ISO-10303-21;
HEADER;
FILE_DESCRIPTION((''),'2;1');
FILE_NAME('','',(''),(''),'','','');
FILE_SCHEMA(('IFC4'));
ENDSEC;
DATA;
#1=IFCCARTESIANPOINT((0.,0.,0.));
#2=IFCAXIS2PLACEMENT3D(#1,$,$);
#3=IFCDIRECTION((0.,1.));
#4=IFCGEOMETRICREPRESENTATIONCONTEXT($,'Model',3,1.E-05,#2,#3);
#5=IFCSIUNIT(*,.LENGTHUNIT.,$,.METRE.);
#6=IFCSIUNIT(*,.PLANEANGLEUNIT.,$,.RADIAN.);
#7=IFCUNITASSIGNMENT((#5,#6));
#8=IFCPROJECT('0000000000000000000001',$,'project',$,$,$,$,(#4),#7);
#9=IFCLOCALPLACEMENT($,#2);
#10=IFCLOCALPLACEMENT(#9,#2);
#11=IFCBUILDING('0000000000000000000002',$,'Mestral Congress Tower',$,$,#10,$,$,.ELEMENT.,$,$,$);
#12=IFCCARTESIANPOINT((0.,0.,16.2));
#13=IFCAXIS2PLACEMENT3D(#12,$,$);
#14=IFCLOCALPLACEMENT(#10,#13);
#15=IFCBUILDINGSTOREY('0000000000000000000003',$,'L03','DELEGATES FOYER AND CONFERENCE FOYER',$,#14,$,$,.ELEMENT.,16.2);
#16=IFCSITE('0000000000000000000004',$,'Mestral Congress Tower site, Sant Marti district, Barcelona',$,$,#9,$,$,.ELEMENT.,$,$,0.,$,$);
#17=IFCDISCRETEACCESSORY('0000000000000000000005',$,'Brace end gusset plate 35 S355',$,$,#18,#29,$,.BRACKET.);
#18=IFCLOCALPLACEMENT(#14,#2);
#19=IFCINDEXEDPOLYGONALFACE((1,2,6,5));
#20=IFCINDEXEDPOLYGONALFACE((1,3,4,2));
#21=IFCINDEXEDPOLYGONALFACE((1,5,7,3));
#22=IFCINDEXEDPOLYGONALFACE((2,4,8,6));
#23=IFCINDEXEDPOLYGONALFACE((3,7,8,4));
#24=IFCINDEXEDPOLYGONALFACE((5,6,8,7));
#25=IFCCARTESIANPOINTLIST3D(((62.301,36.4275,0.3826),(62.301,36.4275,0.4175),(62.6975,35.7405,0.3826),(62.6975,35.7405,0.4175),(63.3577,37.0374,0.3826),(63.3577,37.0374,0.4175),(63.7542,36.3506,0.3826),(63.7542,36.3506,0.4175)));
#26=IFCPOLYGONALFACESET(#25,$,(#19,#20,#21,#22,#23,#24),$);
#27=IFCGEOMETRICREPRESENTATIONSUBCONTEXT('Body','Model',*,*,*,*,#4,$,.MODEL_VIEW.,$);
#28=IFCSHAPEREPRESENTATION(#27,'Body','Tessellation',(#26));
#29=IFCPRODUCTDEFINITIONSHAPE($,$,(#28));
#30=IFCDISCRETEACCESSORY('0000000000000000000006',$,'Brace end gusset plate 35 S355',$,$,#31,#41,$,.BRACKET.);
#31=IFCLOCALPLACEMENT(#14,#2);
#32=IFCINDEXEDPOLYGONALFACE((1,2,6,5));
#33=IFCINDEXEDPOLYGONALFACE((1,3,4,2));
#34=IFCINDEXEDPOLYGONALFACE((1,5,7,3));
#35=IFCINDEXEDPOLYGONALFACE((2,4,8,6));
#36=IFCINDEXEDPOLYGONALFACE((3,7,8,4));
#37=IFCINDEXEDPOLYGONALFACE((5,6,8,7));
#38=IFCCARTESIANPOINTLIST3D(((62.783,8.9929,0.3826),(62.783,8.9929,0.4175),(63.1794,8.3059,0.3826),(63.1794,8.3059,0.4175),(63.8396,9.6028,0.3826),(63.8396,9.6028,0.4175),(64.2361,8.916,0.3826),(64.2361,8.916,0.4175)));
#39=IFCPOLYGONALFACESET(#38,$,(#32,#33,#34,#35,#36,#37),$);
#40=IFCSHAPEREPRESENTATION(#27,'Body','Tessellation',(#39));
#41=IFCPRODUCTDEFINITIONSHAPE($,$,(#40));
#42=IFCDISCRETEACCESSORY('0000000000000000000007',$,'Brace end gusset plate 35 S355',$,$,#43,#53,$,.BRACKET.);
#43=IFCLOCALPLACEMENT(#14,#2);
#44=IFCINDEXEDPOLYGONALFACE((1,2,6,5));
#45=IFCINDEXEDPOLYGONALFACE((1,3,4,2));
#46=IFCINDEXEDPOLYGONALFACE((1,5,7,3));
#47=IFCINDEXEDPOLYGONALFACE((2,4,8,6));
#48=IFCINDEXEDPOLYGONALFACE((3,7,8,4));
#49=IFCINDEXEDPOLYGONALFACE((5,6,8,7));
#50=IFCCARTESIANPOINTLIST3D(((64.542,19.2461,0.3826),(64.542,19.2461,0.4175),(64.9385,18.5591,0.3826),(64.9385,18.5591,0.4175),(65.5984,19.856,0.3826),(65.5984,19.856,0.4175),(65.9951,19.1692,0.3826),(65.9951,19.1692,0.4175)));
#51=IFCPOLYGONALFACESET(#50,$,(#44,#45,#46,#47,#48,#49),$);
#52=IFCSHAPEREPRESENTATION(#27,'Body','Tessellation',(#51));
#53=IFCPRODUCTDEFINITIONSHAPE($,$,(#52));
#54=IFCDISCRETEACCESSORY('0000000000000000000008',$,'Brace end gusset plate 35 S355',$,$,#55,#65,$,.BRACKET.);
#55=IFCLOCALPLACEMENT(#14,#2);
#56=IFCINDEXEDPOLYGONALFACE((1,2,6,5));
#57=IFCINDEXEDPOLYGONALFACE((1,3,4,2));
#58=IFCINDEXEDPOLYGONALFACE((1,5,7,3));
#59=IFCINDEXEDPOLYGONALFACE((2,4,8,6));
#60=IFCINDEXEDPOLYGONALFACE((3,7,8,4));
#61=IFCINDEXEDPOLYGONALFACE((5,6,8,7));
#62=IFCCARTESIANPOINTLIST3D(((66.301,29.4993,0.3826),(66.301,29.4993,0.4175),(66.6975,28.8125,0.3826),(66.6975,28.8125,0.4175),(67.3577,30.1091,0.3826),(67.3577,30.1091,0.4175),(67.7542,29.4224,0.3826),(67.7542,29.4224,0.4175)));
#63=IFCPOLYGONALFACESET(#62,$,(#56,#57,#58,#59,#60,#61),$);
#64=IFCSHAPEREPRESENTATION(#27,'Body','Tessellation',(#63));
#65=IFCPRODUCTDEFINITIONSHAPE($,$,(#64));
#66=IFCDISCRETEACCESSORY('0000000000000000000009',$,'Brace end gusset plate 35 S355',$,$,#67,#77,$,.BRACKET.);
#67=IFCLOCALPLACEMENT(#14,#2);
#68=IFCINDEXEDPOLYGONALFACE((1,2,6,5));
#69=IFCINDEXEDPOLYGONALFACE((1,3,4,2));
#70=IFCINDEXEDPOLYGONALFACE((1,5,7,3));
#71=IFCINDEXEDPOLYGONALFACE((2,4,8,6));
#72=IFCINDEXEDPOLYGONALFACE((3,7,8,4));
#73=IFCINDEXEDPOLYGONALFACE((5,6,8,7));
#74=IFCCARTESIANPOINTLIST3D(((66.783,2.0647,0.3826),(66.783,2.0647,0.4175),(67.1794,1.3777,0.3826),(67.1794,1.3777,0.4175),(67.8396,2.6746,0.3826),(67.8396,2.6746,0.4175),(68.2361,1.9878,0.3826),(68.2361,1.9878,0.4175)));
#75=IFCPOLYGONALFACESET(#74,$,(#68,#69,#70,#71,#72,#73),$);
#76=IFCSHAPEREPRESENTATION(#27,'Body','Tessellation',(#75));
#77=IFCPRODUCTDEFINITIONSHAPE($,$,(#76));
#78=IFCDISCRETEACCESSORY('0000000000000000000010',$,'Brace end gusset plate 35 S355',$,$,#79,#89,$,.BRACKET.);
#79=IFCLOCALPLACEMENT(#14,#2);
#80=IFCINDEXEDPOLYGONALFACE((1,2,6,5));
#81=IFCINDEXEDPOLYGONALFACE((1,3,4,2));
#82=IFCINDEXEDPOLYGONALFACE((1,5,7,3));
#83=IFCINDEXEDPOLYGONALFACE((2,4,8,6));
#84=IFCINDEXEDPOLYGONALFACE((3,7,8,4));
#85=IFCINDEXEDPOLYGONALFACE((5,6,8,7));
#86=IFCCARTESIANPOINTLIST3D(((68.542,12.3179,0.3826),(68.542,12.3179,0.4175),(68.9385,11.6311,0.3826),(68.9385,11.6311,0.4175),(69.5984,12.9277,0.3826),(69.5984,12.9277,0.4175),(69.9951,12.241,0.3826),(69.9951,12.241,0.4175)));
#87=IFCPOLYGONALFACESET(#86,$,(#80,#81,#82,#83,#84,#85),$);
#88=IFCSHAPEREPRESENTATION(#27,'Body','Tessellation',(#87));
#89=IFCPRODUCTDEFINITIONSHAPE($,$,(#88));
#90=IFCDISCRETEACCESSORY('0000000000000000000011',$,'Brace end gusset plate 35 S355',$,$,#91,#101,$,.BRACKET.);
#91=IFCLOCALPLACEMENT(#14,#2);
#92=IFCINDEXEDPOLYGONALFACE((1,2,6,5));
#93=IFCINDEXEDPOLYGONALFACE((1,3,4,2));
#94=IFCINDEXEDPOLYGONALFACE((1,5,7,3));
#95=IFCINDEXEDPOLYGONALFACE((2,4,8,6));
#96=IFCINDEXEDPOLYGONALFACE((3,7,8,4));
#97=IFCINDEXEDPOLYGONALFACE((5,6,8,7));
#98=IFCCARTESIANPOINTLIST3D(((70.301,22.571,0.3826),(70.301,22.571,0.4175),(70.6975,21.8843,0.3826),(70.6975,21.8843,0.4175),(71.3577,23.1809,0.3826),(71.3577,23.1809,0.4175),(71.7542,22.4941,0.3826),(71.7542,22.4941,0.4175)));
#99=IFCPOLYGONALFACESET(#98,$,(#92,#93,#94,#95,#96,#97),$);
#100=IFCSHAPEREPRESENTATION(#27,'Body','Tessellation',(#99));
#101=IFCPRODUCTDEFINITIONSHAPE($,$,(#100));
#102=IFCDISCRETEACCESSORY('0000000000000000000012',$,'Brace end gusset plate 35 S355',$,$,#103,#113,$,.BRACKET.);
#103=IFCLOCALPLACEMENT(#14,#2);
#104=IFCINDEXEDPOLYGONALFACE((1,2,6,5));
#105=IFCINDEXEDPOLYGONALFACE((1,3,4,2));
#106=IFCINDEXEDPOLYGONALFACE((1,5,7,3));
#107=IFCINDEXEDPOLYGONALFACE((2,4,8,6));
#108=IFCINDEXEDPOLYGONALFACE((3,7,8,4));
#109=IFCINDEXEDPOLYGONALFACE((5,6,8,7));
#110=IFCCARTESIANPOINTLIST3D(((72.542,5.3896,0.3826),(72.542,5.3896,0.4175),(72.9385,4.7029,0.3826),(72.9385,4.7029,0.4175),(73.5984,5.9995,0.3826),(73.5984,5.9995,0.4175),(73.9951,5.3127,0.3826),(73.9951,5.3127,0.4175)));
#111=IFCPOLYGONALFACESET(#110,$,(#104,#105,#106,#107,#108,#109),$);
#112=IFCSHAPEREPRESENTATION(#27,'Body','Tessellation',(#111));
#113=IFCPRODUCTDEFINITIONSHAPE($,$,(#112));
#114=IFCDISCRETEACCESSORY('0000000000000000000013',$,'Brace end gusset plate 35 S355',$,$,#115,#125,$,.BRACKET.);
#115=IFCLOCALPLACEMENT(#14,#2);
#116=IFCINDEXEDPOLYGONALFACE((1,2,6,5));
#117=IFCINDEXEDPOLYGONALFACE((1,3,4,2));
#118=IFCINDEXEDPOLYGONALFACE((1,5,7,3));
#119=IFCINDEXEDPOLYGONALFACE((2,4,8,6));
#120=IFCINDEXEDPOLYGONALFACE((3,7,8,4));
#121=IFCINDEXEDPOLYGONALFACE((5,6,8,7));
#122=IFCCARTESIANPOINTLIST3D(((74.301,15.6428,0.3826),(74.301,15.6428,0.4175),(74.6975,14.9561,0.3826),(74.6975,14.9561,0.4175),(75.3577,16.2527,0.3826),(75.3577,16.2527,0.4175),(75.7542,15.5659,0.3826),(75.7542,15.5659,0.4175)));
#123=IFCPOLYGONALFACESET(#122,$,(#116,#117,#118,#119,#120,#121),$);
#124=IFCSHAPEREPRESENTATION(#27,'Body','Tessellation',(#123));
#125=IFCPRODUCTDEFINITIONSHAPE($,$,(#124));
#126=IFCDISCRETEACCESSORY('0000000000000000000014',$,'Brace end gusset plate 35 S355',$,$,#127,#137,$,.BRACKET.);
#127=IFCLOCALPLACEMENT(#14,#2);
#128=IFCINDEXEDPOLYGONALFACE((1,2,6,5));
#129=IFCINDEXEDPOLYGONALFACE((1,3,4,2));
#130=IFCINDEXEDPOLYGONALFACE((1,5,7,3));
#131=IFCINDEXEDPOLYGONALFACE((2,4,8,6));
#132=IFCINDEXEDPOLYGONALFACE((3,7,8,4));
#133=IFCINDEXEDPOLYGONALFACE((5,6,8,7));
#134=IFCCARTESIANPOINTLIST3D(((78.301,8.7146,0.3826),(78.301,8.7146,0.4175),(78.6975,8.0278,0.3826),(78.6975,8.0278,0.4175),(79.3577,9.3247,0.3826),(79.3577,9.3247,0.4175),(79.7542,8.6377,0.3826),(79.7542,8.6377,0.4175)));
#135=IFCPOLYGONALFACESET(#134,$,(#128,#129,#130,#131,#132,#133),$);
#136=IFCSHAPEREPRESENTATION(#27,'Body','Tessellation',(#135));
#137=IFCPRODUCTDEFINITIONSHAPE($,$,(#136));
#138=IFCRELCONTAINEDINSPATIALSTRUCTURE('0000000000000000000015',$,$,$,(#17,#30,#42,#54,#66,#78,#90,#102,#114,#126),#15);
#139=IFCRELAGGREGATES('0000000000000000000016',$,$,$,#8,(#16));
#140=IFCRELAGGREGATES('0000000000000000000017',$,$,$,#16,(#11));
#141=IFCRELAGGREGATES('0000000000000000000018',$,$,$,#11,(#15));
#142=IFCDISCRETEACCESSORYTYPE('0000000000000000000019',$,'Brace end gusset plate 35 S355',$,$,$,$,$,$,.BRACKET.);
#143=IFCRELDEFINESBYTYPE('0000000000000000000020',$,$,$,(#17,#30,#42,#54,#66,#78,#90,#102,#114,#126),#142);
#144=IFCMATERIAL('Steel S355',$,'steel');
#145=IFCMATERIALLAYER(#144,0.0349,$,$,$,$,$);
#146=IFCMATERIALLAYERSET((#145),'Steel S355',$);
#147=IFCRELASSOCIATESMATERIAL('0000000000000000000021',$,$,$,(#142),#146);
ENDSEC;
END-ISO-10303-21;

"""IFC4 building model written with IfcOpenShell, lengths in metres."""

from ifc_helpers import new_model, si_unit, direction, frame, origin, place, context, subcontext, project, spatial, polyline, outline, extrude, material, layer, layer_set, type_object, element, save


model = new_model("IFC4")

# Units and contexts
model_context = context("Model", 3, precision=1e-05, world=origin(), true_north=direction((0.0, 1.0)))
body_context = subcontext(model_context, "Body", "Model", "MODEL_VIEW")
ifc_project = project(units=[si_unit("LENGTHUNIT", "METRE"), si_unit("PLANEANGLEUNIT", "RADIAN")], contexts=[model_context])

# Site, building, storey
site_placement = place(None, origin())
site = spatial("IfcSite", under=ifc_project, at=site_placement, Name="Mestral Congress Tower site, Sant Marti district, Barcelona", CompositionType="ELEMENT", RefElevation=0.0)
building_placement = place(site_placement, origin())
building = spatial("IfcBuilding", under=site, at=building_placement, Name="Mestral Congress Tower", CompositionType="ELEMENT")
storey_placement = place(building_placement, frame((0.0, 0.0, 16.2)))
storey = spatial("IfcBuildingStorey", under=building, at=storey_placement, Name="L03", Description="DELEGATES FOYER AND CONFERENCE FOYER", CompositionType="ELEMENT", Elevation=16.2)

# Discrete accessories
ifc_material = material(Name="Steel S355", Category="steel")
ifc_layer_1 = layer(ifc_material, 0.0349)
ifc_layer_set_1 = layer_set([ifc_layer_1], Name="Steel S355")
discrete_accessory_type_1 = type_object("IfcDiscreteAccessoryType", Name="Brace end gusset plate 35 S355", PredefinedType="BRACKET", material=ifc_layer_set_1)
placement_1 = place(storey_placement, frame((0.0, 0.0, 0.3826)))
element("IfcDiscreteAccessory", 1, at=placement_1, inside=storey, type_object=discrete_accessory_type_1, Name="Brace end gusset plate 35 S355", PredefinedType="BRACKET", context=body_context, shape_type="SweptSolid", body=[
    extrude(outline(polyline([(63.3577, 37.0374), (62.301, 36.4275), (62.6975, 35.7405), (63.7542, 36.3506), (63.3577, 37.0374)])), origin(), (0.0, 0.0, 1.0), 0.0349),
])
element("IfcDiscreteAccessory", 2, at=placement_1, inside=storey, type_object=discrete_accessory_type_1, Name="Brace end gusset plate 35 S355", PredefinedType="BRACKET", context=body_context, shape_type="SweptSolid", body=[
    extrude(outline(polyline([(63.8396, 9.6028), (62.783, 8.9929), (63.1794, 8.3059), (64.2361, 8.916), (63.8396, 9.6028)])), origin(), (0.0, 0.0, 1.0), 0.0349),
])
element("IfcDiscreteAccessory", 3, at=placement_1, inside=storey, type_object=discrete_accessory_type_1, Name="Brace end gusset plate 35 S355", PredefinedType="BRACKET", context=body_context, shape_type="SweptSolid", body=[
    extrude(outline(polyline([(65.5984, 19.856), (64.542, 19.2461), (64.9385, 18.5591), (65.9951, 19.1692), (65.5984, 19.856)])), origin(), (0.0, 0.0, 1.0), 0.0349),
])
element("IfcDiscreteAccessory", 4, at=placement_1, inside=storey, type_object=discrete_accessory_type_1, Name="Brace end gusset plate 35 S355", PredefinedType="BRACKET", context=body_context, shape_type="SweptSolid", body=[
    extrude(outline(polyline([(67.3577, 30.1091), (66.301, 29.4993), (66.6975, 28.8125), (67.7542, 29.4224), (67.3577, 30.1091)])), origin(), (0.0, 0.0, 1.0), 0.0349),
])
element("IfcDiscreteAccessory", 5, at=placement_1, inside=storey, type_object=discrete_accessory_type_1, Name="Brace end gusset plate 35 S355", PredefinedType="BRACKET", context=body_context, shape_type="SweptSolid", body=[
    extrude(outline(polyline([(67.8396, 2.6746), (66.783, 2.0647), (67.1794, 1.3777), (68.2361, 1.9878), (67.8396, 2.6746)])), origin(), (0.0, 0.0, 1.0), 0.0349),
])
element("IfcDiscreteAccessory", 6, at=placement_1, inside=storey, type_object=discrete_accessory_type_1, Name="Brace end gusset plate 35 S355", PredefinedType="BRACKET", context=body_context, shape_type="SweptSolid", body=[
    extrude(outline(polyline([(69.5984, 12.9277), (68.542, 12.3179), (68.9385, 11.6311), (69.9951, 12.241), (69.5984, 12.9277)])), origin(), (0.0, 0.0, 1.0), 0.0349),
])
element("IfcDiscreteAccessory", 7, at=placement_1, inside=storey, type_object=discrete_accessory_type_1, Name="Brace end gusset plate 35 S355", PredefinedType="BRACKET", context=body_context, shape_type="SweptSolid", body=[
    extrude(outline(polyline([(71.3577, 23.1809), (70.301, 22.571), (70.6975, 21.8843), (71.7542, 22.4941), (71.3577, 23.1809)])), origin(), (0.0, 0.0, 1.0), 0.0349),
])
element("IfcDiscreteAccessory", 8, at=placement_1, inside=storey, type_object=discrete_accessory_type_1, Name="Brace end gusset plate 35 S355", PredefinedType="BRACKET", context=body_context, shape_type="SweptSolid", body=[
    extrude(outline(polyline([(73.5984, 5.9995), (72.542, 5.3896), (72.9385, 4.7029), (73.9951, 5.3127), (73.5984, 5.9995)])), origin(), (0.0, 0.0, 1.0), 0.0349),
])
element("IfcDiscreteAccessory", 9, at=placement_1, inside=storey, type_object=discrete_accessory_type_1, Name="Brace end gusset plate 35 S355", PredefinedType="BRACKET", context=body_context, shape_type="SweptSolid", body=[
    extrude(outline(polyline([(75.3577, 16.2527), (74.301, 15.6428), (74.6975, 14.9561), (75.7542, 15.5659), (75.3577, 16.2527)])), origin(), (0.0, 0.0, 1.0), 0.0349),
])
element("IfcDiscreteAccessory", 10, at=placement_1, inside=storey, type_object=discrete_accessory_type_1, Name="Brace end gusset plate 35 S355", PredefinedType="BRACKET", context=body_context, shape_type="SweptSolid", body=[
    extrude(outline(polyline([(79.3577, 9.3247), (78.301, 8.7146), (78.6975, 8.0278), (79.7542, 8.6377), (79.3577, 9.3247)])), origin(), (0.0, 0.0, 1.0), 0.0349),
])

save(model, "model.ifc")
